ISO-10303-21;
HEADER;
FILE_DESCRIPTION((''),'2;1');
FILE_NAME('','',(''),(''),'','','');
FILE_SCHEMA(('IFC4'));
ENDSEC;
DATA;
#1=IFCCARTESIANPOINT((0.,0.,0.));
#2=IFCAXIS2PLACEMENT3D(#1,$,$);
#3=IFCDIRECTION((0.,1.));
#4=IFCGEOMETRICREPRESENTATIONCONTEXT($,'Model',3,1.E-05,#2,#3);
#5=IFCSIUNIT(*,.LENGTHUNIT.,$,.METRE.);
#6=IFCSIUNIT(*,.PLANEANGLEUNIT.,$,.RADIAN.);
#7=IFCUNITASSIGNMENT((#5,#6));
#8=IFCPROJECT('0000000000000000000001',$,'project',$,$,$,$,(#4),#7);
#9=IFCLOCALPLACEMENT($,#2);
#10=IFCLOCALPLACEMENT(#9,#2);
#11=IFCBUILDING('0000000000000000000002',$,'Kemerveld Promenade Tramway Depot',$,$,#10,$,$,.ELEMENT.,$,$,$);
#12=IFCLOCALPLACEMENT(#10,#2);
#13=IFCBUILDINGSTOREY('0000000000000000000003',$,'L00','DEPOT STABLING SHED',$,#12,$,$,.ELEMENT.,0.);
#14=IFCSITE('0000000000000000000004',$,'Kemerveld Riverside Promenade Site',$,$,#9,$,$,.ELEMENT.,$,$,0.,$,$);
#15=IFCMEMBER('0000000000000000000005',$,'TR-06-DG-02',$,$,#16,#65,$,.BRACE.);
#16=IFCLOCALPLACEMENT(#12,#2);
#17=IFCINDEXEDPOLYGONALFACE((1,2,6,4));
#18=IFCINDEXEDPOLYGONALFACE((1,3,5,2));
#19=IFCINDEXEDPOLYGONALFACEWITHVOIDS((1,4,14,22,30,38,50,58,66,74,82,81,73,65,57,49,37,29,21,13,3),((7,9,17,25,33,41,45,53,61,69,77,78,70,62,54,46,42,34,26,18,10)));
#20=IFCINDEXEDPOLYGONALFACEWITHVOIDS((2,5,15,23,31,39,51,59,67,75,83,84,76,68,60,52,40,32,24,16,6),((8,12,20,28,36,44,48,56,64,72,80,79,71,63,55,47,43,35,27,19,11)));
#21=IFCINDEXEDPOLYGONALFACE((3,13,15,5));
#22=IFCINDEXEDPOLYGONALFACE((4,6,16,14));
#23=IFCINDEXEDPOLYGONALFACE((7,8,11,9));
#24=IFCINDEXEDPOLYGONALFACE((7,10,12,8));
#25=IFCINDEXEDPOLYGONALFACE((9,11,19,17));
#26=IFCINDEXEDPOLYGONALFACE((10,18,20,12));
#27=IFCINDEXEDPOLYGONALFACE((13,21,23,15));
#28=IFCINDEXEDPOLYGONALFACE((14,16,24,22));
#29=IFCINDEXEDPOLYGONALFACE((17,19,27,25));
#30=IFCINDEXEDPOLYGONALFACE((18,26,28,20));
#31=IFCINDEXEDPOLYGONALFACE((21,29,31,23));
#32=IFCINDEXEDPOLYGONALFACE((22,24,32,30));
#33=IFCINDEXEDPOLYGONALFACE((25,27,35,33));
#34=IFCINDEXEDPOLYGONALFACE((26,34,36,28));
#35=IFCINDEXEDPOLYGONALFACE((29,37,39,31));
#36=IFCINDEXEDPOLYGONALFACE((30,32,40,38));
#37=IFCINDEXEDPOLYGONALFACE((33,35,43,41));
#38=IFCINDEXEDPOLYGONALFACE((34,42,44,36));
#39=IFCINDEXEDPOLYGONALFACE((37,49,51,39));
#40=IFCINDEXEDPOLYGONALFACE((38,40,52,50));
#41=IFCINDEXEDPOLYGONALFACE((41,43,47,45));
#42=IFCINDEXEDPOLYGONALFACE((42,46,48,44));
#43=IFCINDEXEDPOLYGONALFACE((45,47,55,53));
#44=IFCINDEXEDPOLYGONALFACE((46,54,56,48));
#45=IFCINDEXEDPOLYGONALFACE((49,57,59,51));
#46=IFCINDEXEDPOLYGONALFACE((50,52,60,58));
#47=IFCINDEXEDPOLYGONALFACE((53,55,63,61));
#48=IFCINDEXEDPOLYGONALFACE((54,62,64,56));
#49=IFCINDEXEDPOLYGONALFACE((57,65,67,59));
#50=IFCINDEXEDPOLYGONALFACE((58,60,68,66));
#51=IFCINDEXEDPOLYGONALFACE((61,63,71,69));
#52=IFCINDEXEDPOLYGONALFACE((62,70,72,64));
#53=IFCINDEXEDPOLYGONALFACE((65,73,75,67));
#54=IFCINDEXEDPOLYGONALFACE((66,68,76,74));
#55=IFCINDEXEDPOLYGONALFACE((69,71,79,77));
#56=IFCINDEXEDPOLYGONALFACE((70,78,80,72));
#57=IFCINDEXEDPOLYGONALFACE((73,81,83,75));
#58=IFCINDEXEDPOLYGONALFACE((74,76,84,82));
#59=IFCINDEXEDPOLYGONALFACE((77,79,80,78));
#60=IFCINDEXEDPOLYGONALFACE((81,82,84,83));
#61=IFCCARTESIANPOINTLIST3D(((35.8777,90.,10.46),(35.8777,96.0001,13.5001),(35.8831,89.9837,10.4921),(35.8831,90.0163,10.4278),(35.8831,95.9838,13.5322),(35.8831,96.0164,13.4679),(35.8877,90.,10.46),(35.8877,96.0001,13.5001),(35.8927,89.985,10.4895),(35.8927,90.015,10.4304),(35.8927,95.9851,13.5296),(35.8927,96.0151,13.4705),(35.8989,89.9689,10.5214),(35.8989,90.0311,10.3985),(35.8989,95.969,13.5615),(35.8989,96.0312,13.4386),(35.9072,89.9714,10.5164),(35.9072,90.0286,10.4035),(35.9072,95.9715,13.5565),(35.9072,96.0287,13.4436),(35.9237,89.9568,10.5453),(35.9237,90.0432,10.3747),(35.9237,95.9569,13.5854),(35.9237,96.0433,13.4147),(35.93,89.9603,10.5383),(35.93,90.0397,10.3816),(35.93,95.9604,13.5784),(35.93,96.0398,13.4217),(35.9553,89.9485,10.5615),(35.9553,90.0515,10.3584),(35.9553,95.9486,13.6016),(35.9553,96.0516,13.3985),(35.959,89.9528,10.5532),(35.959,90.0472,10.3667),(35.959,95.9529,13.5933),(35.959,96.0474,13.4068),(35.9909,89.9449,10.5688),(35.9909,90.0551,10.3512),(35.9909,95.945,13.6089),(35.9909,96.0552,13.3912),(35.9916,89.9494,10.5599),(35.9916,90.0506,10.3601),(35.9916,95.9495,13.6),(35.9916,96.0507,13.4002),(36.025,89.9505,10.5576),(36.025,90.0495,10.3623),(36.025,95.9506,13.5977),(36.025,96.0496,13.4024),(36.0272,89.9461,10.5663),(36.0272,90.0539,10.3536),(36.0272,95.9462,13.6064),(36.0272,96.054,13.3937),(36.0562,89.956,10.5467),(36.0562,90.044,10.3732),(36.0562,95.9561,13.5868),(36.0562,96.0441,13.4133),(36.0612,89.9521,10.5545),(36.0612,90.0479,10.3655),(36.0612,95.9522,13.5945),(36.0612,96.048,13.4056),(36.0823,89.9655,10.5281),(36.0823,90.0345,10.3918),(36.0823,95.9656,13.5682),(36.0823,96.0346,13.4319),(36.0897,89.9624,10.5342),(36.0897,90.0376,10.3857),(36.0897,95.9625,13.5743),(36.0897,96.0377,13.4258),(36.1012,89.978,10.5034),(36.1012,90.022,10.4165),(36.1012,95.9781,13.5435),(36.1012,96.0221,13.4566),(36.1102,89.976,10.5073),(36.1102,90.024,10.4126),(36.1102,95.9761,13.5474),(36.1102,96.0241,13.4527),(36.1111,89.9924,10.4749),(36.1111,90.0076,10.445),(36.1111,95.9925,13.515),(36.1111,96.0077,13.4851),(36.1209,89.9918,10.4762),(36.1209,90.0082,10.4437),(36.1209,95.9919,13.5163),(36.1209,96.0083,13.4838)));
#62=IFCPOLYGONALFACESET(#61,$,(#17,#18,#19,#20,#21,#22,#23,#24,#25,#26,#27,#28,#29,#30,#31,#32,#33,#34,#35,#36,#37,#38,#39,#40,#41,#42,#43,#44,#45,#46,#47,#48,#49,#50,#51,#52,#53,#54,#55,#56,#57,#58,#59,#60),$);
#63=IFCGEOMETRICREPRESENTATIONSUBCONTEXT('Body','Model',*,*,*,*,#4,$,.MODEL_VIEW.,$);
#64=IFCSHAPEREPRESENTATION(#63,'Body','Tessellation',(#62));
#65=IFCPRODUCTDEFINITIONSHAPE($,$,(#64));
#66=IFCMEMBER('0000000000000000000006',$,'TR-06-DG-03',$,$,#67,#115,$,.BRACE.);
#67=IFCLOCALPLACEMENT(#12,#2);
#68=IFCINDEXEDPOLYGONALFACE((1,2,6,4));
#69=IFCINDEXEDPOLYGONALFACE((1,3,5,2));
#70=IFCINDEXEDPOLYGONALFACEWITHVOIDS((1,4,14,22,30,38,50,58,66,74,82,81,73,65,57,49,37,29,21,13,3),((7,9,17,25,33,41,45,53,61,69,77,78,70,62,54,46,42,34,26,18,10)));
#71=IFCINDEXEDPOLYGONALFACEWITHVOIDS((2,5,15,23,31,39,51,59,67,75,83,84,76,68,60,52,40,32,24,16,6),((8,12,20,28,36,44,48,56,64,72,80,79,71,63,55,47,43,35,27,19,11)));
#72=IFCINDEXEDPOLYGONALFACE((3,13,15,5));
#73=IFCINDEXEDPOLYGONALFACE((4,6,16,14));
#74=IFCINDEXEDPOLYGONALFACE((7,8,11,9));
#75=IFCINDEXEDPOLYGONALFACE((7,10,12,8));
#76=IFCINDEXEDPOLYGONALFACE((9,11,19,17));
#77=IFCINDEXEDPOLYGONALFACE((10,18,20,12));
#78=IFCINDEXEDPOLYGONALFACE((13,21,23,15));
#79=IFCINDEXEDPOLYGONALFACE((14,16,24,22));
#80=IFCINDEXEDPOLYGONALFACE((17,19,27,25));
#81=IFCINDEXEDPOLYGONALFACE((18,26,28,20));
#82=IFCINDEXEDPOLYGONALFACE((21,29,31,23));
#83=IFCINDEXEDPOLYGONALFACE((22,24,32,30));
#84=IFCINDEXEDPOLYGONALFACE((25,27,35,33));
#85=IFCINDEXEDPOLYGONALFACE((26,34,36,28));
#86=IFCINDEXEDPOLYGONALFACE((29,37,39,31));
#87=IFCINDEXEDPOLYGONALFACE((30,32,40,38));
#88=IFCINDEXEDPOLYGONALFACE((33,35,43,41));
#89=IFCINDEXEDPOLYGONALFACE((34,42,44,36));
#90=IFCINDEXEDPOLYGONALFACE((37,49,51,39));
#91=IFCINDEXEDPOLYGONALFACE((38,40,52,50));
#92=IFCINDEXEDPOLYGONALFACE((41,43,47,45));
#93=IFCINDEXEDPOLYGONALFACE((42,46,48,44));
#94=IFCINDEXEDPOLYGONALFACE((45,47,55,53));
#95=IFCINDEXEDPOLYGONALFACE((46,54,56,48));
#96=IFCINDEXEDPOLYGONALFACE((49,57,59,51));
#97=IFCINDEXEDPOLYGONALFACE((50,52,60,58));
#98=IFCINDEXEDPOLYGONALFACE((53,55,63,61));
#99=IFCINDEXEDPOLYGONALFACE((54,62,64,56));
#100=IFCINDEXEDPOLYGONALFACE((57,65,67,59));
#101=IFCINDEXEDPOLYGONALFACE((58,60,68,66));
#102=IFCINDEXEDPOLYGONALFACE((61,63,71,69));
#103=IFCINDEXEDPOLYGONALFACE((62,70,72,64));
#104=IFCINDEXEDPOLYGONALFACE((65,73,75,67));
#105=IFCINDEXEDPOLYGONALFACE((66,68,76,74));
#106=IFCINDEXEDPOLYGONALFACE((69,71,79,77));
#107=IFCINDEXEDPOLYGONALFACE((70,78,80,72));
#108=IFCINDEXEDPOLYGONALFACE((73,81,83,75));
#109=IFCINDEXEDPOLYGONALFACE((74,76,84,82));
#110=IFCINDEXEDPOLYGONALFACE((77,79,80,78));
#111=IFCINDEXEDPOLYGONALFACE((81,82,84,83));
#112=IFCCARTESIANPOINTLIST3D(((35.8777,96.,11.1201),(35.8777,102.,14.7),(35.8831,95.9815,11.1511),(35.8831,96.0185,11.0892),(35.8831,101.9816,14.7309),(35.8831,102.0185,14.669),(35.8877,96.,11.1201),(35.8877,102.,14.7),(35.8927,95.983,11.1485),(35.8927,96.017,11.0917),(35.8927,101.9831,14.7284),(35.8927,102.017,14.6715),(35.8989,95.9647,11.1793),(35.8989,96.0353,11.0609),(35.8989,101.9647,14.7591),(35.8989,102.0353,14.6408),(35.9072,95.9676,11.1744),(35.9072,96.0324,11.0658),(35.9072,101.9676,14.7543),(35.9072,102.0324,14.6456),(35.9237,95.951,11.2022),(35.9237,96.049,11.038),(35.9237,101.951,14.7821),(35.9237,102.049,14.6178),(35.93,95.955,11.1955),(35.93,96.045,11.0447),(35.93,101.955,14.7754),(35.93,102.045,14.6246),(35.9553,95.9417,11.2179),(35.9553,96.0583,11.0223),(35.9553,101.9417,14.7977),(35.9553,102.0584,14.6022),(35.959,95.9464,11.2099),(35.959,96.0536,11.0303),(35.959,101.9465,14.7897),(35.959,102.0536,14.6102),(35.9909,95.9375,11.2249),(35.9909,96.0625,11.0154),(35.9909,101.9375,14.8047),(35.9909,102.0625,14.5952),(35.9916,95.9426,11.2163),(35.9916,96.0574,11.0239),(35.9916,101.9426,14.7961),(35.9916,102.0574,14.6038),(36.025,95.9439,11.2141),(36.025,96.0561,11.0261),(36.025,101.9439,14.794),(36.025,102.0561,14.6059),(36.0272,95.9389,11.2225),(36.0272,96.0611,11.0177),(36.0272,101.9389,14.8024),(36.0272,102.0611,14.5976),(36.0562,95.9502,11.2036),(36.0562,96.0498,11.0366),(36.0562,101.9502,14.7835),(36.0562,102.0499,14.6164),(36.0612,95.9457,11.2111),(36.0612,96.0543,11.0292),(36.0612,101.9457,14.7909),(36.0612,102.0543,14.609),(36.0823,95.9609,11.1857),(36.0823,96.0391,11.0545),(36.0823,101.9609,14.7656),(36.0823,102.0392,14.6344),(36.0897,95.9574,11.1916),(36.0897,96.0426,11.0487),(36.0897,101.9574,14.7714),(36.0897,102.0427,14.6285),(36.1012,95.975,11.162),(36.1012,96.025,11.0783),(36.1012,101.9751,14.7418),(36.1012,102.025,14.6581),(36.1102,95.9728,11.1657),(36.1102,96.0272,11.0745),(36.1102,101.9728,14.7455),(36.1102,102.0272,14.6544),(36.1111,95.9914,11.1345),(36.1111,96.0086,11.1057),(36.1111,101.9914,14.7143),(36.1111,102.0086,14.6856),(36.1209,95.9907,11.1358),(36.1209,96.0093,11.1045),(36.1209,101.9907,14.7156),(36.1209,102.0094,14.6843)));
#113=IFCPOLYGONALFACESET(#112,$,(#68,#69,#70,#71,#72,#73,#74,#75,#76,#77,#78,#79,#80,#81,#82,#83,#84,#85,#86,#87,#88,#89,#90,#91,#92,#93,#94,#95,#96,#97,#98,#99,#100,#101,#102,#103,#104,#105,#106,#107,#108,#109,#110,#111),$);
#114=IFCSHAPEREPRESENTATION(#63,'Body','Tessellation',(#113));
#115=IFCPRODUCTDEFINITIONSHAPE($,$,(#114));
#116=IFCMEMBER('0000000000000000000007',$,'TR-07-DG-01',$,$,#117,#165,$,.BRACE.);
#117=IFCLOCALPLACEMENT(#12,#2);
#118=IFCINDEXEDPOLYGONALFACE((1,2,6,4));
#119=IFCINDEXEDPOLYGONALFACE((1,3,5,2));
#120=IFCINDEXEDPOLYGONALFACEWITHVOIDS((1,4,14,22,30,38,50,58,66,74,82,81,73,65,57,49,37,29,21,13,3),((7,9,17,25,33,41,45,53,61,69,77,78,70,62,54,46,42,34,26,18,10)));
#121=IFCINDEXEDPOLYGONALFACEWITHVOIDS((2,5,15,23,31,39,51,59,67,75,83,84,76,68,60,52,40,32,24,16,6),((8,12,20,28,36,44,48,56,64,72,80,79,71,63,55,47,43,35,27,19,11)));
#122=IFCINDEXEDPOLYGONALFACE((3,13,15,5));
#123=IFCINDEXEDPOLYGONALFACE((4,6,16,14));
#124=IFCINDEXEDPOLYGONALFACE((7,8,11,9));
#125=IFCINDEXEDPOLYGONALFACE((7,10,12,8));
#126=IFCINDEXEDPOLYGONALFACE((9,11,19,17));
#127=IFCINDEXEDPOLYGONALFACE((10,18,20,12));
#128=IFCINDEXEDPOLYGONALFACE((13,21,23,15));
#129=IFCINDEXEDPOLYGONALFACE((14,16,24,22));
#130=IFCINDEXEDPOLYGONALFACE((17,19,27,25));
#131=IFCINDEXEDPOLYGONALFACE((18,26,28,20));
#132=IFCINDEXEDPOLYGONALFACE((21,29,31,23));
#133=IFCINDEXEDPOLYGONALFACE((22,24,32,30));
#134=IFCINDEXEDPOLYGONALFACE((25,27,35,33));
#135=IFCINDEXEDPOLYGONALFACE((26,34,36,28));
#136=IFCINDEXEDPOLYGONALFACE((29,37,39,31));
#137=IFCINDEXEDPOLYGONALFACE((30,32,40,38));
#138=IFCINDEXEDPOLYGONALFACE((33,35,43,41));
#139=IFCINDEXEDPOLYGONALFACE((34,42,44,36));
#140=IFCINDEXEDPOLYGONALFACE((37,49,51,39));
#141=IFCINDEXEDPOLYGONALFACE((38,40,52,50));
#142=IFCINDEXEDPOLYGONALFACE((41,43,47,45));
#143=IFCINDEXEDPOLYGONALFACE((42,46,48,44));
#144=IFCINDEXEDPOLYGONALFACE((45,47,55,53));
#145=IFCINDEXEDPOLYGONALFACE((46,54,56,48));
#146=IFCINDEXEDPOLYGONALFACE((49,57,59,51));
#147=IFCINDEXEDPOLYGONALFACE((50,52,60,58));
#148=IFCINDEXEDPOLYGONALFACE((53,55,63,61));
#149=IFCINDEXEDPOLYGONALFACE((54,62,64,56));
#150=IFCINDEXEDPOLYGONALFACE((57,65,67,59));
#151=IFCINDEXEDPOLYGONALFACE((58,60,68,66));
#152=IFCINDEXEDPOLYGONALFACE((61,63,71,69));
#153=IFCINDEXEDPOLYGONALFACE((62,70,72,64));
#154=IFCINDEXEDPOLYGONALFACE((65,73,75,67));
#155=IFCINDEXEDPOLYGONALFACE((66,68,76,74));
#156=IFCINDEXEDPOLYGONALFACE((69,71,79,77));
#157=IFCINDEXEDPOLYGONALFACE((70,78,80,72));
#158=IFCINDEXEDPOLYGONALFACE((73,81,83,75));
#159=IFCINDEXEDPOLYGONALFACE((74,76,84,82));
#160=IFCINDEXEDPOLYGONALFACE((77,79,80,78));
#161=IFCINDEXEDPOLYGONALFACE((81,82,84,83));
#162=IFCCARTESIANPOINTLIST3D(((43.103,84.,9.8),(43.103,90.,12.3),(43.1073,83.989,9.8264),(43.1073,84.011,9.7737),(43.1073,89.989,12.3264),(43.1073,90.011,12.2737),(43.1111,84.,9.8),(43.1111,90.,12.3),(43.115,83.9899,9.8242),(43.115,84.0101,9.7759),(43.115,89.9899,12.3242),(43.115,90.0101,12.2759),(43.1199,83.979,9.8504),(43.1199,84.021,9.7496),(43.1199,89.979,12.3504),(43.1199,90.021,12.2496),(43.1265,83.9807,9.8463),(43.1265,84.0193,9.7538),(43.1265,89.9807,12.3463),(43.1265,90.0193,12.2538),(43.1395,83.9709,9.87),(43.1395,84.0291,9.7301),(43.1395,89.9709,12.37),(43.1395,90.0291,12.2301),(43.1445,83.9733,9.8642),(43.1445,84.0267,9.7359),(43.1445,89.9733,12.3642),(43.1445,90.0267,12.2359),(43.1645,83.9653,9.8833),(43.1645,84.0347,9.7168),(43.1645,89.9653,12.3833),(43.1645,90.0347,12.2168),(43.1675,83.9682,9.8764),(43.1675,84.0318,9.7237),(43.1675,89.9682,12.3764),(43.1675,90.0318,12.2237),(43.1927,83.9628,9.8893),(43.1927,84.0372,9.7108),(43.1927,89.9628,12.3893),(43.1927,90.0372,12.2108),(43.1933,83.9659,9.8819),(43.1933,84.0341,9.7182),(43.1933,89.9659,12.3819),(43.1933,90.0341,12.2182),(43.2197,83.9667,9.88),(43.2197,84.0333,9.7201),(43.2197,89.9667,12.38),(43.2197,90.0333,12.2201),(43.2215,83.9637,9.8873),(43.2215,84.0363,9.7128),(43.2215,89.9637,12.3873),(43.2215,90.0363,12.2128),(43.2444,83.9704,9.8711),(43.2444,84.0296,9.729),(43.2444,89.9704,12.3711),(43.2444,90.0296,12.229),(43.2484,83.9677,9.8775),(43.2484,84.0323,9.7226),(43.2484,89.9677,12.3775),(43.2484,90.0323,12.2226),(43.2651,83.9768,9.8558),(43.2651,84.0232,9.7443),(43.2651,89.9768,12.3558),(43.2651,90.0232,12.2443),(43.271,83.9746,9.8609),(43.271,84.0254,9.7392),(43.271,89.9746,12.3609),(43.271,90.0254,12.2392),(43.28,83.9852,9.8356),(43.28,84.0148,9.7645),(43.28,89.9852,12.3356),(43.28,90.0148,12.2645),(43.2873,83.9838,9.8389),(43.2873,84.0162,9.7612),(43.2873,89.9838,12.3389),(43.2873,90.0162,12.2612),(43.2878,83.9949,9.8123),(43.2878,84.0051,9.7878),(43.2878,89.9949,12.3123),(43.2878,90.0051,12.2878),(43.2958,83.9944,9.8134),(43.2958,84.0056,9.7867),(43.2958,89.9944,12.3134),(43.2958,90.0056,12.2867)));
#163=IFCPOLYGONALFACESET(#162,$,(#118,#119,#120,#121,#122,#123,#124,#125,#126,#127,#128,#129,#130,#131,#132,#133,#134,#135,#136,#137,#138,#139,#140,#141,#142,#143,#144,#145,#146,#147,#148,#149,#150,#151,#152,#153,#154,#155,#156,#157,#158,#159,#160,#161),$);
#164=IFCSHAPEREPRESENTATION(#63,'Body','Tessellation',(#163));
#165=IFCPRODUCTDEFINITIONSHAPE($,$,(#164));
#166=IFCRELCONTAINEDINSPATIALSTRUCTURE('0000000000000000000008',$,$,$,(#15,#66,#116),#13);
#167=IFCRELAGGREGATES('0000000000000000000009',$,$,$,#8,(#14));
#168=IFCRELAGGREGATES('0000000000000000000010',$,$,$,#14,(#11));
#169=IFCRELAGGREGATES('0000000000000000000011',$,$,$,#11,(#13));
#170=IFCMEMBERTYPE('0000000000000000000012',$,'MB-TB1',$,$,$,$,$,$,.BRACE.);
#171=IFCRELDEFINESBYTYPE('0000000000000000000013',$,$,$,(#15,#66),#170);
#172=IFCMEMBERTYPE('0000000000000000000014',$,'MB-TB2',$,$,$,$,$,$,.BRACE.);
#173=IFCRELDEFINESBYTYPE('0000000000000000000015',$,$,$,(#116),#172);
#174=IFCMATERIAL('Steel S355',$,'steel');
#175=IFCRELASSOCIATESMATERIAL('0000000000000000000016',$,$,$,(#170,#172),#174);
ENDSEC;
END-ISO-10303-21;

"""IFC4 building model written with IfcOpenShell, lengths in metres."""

from ifc_helpers import new_model, si_unit, direction, frame, origin, origin_2d, place, context, subcontext, project, spatial, hollow_circle, extrude, material, material_profile, profile_set, type_object, element, save


model = new_model("IFC4")

# Units and contexts
model_context = context("Model", 3, precision=1e-05, world=origin(), true_north=direction((0.0, 1.0)))
body_context = subcontext(model_context, "Body", "Model", "MODEL_VIEW")
ifc_project = project(units=[si_unit("LENGTHUNIT", "METRE"), si_unit("PLANEANGLEUNIT", "RADIAN")], contexts=[model_context])

# Site, building, storey
site_placement = place(None, origin())
site = spatial("IfcSite", under=ifc_project, at=site_placement, Name="Kemerveld Riverside Promenade Site", CompositionType="ELEMENT", RefElevation=0.0)
building_placement = place(site_placement, origin())
building = spatial("IfcBuilding", under=site, at=building_placement, Name="Kemerveld Promenade Tramway Depot", CompositionType="ELEMENT")
storey_placement = place(building_placement, origin())
storey = spatial("IfcBuildingStorey", under=building, at=storey_placement, Name="L00", Description="DEPOT STABLING SHED", CompositionType="ELEMENT", Elevation=0.0)

# Shared definitions
ifc_material_1 = material(Name="Steel S355", Category="steel")

# Members
ifc_material_profile_1 = material_profile(ifc_material_1, hollow_circle(Radius=0.1223, WallThickness=0.01, at=origin_2d()), Name="244.5x10.0 CHS")
ifc_profile_set_1 = profile_set([ifc_material_profile_1], Name="Steel S355")
member_type_1 = type_object("IfcMemberType", Name="MB-TB1", PredefinedType="BRACE", material=ifc_profile_set_1)
member_1_placement = place(storey_placement, frame((36.0, 90.0, 10.46), z_axis=(0.0, 0.892033, 0.451969), x_axis=(-1.0, 0.0, 0.0)))
element("IfcMember", 1, at=member_1_placement, inside=storey, type_object=member_type_1, Name="TR-06-DG-02", PredefinedType="BRACE", context=body_context, shape_type="SweptSolid", body=[
    extrude(hollow_circle(Radius=0.1223, WallThickness=0.01, at=origin_2d()), origin(), (0.0, 0.0, 1.0), 6.7263),
])
member_2_placement = place(storey_placement, frame((36.0, 96.0, 11.1201), z_axis=(0.0, 0.858764, 0.512372), x_axis=(-1.0, 0.0, 0.0)))
element("IfcMember", 2, at=member_2_placement, inside=storey, type_object=member_type_1, Name="TR-06-DG-03", PredefinedType="BRACE", context=body_context, shape_type="SweptSolid", body=[
    extrude(hollow_circle(Radius=0.1223, WallThickness=0.01, at=origin_2d()), origin(), (0.0, 0.0, 1.0), 6.9868),
])
ifc_material_profile_2 = material_profile(ifc_material_1, hollow_circle(Radius=0.0969, WallThickness=0.0081, at=origin_2d()), Name="193.7x8.0 CHS")
ifc_profile_set_2 = profile_set([ifc_material_profile_2], Name="Steel S355")
member_type_2 = type_object("IfcMemberType", Name="MB-TB2", PredefinedType="BRACE", material=ifc_profile_set_2)
member_3_placement = place(storey_placement, frame((43.2, 84.0, 9.8), z_axis=(0.0, 0.923077, 0.384615), x_axis=(-1.0, 0.0, 0.0)))
element("IfcMember", 3, at=member_3_placement, inside=storey, type_object=member_type_2, Name="TR-07-DG-01", PredefinedType="BRACE", context=body_context, shape_type="SweptSolid", body=[
    extrude(hollow_circle(Radius=0.0969, WallThickness=0.0081, at=origin_2d()), origin(), (0.0, 0.0, 1.0), 6.5),
])

save(model, "model.ifc")
